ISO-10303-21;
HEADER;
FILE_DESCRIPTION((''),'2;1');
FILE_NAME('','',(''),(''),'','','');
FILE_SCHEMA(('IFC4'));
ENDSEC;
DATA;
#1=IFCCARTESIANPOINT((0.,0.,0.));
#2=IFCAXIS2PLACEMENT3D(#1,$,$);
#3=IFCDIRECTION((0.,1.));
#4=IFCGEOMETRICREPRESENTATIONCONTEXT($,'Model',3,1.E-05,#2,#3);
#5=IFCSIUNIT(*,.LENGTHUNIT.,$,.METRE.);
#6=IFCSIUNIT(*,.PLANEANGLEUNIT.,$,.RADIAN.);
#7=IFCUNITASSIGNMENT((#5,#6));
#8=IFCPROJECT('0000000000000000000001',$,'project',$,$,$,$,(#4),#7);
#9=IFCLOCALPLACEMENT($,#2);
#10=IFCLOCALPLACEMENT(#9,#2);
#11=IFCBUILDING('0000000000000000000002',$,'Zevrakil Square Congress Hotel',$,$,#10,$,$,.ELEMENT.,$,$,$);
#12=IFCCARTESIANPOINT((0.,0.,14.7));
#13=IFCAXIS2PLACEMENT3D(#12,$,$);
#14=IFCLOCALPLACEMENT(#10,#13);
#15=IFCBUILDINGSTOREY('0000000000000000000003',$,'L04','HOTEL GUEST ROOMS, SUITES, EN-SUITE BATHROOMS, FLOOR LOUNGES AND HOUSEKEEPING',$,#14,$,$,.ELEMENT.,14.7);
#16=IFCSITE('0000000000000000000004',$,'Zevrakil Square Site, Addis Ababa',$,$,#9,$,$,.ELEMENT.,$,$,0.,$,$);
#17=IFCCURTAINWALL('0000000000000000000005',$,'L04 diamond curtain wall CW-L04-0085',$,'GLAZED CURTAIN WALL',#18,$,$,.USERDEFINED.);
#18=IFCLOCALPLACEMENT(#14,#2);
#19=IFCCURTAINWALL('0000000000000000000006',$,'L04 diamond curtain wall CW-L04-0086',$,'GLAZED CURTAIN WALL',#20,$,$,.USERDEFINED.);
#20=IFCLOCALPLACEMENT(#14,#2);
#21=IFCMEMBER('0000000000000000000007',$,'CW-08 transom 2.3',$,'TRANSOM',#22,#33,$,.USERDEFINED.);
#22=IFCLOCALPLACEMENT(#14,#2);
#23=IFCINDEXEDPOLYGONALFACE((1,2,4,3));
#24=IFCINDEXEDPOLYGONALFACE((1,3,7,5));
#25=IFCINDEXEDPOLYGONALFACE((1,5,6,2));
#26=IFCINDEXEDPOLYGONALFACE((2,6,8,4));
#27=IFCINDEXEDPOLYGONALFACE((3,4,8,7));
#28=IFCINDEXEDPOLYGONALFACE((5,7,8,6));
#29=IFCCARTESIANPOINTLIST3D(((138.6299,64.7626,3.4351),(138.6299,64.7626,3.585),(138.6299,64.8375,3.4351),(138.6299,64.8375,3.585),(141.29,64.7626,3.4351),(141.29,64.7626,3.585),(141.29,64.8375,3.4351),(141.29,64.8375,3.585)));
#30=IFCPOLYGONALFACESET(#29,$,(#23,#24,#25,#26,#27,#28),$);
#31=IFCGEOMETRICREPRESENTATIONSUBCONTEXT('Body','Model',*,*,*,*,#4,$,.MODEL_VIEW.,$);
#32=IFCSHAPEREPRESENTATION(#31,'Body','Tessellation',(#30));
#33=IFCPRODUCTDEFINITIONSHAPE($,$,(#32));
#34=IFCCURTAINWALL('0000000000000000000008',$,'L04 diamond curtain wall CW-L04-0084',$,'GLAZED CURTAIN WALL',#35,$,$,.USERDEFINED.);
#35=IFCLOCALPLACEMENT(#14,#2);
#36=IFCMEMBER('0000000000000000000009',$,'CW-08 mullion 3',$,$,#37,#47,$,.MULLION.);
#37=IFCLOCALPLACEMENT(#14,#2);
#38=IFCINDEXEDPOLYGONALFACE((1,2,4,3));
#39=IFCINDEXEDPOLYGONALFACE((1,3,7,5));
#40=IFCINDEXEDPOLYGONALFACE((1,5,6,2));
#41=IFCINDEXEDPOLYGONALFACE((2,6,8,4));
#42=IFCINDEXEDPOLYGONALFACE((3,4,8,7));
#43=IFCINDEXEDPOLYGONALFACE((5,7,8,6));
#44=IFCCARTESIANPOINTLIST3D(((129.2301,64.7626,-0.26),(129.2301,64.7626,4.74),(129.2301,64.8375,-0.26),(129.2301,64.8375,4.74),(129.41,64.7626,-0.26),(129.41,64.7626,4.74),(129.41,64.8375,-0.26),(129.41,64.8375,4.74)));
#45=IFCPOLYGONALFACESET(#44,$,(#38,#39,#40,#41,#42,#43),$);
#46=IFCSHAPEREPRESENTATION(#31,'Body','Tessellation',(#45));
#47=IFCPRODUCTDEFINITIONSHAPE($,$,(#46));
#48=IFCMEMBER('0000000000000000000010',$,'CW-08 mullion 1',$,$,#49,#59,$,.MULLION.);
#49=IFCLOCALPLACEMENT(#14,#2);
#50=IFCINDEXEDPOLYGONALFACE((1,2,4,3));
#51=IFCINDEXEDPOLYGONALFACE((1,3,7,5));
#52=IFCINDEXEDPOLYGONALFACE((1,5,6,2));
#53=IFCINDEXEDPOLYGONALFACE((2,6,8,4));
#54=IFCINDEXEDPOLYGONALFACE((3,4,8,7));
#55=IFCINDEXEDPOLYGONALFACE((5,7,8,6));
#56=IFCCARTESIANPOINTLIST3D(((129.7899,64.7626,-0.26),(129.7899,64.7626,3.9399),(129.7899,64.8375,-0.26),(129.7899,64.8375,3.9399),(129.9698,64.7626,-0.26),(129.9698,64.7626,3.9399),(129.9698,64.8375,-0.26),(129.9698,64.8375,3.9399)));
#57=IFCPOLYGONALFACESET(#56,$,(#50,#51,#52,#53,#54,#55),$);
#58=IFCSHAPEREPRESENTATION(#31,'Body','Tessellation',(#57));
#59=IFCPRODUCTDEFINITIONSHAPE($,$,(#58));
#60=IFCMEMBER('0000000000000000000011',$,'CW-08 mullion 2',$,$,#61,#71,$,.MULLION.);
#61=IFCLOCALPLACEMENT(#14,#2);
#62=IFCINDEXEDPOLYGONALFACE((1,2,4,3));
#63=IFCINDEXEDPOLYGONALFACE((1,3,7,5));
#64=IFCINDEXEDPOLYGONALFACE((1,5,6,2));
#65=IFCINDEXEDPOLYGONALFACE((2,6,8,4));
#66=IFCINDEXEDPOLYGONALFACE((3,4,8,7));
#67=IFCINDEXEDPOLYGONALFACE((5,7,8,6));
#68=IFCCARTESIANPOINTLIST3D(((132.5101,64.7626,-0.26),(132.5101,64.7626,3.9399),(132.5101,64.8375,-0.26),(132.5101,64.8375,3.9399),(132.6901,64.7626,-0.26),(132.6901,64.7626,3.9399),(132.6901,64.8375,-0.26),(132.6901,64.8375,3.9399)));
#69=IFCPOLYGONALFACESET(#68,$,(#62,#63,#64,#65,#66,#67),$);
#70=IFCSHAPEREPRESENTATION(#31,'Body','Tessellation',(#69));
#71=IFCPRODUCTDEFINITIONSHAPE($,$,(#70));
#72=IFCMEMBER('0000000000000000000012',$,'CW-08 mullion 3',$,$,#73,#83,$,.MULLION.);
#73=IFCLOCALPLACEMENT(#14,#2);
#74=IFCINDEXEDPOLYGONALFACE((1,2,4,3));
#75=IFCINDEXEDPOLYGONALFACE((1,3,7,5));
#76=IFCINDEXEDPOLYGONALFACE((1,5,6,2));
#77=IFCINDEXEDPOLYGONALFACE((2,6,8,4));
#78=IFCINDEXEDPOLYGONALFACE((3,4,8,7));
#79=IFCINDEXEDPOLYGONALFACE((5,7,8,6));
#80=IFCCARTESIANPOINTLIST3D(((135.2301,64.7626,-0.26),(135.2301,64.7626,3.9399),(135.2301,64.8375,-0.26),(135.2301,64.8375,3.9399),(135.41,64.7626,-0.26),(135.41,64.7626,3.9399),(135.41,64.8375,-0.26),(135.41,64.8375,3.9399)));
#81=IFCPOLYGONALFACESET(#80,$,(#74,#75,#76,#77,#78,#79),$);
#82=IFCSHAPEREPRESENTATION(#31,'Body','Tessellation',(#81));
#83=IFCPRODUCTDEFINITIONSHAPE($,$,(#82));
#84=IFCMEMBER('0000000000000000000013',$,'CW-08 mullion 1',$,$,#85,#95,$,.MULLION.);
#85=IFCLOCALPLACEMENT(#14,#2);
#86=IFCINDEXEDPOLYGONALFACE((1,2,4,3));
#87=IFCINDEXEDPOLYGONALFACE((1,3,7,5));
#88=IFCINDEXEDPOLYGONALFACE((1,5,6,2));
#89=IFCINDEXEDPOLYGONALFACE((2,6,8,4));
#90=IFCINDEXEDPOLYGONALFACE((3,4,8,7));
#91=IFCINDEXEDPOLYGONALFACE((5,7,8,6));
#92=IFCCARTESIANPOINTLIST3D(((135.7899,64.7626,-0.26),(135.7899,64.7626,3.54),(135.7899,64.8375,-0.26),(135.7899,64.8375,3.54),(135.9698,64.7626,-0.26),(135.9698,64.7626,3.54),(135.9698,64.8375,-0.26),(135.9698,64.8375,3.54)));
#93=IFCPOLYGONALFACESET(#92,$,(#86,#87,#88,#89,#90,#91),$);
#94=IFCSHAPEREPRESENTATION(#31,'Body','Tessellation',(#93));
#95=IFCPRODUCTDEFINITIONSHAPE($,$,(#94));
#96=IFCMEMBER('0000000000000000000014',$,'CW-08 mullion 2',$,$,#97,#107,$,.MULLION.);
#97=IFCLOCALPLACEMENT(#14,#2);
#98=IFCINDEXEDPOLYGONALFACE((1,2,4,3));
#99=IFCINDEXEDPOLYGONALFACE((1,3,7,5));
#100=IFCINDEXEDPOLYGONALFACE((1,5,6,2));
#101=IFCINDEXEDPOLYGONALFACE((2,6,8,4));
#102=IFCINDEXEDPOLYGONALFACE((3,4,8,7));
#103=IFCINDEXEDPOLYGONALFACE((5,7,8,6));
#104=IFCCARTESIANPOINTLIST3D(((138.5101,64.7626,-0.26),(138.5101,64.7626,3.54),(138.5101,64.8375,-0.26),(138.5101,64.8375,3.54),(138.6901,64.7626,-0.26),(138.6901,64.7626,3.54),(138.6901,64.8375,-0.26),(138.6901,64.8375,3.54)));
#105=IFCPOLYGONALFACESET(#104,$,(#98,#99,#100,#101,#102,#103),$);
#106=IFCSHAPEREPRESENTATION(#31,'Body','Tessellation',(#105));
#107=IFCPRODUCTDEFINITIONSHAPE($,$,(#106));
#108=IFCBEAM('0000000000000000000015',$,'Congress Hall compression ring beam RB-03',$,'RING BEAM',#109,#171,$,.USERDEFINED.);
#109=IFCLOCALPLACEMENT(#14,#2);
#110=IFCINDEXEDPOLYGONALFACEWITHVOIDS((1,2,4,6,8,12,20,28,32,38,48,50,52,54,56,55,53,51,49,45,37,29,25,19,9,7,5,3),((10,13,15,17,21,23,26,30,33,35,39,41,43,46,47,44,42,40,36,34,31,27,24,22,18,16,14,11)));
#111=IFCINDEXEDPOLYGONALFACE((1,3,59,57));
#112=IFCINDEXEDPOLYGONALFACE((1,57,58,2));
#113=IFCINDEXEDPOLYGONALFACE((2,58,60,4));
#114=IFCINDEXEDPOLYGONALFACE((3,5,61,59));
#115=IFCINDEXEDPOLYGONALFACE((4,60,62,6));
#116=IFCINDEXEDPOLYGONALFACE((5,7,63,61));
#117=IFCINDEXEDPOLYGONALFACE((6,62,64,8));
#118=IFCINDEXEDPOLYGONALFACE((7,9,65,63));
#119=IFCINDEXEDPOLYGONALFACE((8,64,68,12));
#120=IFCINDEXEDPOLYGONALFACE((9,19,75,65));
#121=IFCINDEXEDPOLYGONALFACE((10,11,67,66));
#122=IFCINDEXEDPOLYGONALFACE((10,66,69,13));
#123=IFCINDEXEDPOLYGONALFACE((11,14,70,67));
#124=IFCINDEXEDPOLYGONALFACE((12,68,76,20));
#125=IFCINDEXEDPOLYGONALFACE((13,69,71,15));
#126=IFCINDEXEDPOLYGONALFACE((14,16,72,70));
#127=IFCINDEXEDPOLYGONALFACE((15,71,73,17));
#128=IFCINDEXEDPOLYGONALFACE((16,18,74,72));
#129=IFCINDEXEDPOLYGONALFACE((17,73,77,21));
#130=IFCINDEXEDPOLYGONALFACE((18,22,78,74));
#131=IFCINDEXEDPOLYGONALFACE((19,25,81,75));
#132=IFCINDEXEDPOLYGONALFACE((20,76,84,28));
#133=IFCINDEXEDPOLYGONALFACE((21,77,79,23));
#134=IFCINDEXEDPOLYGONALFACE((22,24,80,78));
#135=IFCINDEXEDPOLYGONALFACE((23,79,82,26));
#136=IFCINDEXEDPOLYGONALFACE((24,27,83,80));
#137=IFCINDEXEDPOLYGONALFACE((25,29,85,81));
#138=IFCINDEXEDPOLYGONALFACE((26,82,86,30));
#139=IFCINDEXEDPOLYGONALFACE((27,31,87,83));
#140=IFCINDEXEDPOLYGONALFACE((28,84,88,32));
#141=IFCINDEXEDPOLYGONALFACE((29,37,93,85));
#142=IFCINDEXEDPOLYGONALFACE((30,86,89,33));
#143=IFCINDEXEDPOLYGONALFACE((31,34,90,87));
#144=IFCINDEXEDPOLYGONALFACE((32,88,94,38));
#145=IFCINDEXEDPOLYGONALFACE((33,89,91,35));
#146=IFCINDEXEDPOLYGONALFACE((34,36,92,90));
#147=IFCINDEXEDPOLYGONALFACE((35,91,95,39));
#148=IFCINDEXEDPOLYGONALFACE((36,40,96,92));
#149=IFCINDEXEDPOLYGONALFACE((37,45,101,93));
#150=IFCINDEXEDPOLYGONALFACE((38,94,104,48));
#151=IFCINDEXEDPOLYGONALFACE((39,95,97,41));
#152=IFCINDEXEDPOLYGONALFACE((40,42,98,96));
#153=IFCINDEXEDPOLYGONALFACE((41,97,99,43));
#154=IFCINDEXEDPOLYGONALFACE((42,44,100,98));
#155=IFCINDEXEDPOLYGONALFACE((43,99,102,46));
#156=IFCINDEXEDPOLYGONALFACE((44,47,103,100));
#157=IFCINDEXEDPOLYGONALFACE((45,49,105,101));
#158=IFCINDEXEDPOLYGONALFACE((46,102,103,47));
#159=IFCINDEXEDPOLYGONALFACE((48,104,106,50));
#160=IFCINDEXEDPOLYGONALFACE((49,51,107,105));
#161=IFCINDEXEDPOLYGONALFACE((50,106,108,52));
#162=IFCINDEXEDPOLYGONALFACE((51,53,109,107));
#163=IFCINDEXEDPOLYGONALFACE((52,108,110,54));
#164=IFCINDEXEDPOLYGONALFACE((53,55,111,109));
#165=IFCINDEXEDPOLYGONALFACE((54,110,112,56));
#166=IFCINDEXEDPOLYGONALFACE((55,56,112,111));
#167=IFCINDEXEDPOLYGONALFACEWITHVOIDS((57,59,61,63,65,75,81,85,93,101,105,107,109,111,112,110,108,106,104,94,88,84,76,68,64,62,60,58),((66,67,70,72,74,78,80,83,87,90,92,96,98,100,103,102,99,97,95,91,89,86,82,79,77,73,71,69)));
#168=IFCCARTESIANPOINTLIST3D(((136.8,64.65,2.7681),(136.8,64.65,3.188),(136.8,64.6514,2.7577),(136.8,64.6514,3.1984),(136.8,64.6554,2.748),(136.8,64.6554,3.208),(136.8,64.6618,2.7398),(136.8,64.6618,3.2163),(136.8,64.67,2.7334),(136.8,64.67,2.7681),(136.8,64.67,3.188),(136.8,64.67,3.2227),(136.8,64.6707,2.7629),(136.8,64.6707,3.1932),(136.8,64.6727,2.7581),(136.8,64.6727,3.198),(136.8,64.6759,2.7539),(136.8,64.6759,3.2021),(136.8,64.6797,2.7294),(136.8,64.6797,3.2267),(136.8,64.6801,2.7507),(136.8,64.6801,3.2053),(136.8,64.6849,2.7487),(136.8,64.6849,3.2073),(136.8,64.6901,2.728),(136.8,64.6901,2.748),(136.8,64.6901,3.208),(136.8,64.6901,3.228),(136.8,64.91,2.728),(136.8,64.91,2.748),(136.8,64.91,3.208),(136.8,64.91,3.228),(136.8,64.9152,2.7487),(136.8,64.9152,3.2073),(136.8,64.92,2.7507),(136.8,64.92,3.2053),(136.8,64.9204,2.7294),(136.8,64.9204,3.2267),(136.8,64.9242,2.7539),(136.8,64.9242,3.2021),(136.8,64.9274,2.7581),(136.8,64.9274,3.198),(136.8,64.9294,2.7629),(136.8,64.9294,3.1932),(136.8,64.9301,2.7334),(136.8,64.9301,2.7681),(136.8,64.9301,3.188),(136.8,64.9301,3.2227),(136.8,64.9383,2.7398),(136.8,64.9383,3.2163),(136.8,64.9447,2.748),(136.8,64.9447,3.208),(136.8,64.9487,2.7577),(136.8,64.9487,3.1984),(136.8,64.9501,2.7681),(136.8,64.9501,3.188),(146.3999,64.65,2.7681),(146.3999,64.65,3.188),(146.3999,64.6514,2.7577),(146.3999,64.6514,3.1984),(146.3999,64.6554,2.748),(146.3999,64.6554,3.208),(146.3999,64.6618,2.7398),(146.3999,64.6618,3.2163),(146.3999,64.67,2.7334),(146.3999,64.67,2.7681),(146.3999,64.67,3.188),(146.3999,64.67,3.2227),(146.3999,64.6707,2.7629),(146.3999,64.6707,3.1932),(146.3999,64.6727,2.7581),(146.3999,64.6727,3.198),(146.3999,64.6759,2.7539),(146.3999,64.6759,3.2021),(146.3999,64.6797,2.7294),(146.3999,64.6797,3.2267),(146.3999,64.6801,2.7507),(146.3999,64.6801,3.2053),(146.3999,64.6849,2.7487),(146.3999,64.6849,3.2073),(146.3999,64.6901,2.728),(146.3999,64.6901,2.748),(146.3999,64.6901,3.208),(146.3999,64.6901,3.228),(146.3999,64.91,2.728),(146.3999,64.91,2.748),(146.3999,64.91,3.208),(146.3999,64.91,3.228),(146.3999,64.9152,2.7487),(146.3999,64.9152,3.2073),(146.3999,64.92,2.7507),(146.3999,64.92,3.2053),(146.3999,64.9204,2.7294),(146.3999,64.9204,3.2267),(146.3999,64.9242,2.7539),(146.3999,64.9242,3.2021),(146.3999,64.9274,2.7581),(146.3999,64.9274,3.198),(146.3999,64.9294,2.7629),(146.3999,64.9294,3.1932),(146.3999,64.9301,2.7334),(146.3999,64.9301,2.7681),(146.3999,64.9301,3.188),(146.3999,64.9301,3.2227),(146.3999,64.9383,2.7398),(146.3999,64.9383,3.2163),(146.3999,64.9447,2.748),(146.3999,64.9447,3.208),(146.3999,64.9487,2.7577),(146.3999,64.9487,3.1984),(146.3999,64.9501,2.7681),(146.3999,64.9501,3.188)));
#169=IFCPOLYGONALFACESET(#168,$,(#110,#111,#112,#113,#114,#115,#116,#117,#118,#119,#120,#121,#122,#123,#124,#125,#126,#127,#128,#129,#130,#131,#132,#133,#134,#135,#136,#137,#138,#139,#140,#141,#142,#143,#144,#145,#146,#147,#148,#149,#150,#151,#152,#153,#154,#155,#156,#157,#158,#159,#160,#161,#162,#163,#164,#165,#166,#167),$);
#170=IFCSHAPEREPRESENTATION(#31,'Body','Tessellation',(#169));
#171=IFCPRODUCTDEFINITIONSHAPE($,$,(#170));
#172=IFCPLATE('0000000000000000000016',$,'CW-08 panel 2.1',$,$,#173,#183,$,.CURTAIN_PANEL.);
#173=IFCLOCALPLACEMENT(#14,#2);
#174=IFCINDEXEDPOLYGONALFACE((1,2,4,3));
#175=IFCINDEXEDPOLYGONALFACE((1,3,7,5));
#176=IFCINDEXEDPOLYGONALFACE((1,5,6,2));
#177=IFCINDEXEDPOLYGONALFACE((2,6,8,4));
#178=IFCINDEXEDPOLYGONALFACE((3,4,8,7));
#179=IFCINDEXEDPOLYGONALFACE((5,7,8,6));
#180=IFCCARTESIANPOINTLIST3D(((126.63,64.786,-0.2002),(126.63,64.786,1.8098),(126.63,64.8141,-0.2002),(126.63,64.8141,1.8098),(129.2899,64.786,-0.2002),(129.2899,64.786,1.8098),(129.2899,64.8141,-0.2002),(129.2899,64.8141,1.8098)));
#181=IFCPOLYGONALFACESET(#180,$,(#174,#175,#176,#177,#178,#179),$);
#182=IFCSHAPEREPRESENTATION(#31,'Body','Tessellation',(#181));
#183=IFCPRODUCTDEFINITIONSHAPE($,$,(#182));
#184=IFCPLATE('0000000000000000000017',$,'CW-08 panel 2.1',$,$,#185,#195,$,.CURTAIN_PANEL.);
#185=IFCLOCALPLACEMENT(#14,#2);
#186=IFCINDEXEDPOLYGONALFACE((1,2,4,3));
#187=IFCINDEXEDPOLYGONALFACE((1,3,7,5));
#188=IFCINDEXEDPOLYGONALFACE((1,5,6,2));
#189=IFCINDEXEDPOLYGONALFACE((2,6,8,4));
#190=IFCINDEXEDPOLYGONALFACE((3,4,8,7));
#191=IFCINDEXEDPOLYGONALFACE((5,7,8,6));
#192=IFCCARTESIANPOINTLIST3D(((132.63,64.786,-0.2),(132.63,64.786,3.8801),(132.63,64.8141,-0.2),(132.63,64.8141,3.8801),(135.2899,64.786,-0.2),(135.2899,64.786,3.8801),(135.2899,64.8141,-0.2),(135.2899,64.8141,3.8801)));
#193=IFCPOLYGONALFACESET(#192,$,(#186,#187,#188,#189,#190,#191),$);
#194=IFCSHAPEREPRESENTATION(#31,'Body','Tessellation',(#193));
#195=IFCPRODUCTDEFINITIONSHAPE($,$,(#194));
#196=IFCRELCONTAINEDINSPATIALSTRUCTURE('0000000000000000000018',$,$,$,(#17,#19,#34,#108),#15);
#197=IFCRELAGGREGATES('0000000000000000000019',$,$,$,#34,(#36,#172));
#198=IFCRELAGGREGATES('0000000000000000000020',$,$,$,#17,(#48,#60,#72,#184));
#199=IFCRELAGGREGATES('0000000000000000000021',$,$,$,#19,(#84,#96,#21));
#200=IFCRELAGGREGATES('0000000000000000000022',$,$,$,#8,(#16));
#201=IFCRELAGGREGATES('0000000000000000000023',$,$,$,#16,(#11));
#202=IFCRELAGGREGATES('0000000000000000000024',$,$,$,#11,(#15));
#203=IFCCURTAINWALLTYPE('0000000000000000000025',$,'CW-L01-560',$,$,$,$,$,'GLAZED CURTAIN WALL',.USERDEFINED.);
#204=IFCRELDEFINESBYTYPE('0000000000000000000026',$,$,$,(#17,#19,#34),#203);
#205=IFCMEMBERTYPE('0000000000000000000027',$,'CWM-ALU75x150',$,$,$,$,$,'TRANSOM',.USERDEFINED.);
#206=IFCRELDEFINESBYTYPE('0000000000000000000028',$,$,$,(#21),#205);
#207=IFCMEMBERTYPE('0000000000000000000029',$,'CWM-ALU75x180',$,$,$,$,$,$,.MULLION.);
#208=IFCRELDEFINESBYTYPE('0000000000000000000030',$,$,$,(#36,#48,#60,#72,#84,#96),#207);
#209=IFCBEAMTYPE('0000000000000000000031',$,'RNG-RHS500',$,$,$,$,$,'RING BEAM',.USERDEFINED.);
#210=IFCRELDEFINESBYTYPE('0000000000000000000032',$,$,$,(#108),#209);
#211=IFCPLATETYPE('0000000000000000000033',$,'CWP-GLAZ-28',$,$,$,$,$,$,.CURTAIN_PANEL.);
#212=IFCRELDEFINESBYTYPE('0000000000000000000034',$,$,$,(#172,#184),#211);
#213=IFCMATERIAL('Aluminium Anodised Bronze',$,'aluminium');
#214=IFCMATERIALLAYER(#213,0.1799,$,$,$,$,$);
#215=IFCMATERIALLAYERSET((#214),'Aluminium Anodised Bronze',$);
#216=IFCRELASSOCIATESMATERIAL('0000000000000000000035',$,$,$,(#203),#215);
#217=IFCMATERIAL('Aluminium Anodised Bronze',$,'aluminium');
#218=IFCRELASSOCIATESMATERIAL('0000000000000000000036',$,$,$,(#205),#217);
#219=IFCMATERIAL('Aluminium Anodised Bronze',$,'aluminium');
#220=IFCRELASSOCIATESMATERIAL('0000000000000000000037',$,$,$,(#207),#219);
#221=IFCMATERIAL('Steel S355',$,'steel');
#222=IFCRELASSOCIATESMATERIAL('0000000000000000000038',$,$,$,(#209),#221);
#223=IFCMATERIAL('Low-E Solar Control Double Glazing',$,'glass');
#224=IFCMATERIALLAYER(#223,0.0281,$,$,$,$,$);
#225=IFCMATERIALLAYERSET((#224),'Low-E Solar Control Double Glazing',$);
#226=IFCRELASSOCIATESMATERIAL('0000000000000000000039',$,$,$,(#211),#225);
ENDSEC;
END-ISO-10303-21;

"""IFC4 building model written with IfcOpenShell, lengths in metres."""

from ifc_helpers import new_model, si_unit, direction, frame, origin, origin_2d, place, context, subcontext, project, spatial, rectangle, hollow_rectangle, extrude, material, layer, layer_set, material_profile, profile_set, type_object, element, aggregate, save


model = new_model("IFC4")

# Units and contexts
model_context = context("Model", 3, precision=1e-05, world=origin(), true_north=direction((0.0, 1.0)))
body_context = subcontext(model_context, "Body", "Model", "MODEL_VIEW")
ifc_project = project(units=[si_unit("LENGTHUNIT", "METRE"), si_unit("PLANEANGLEUNIT", "RADIAN")], contexts=[model_context])

# Site, building, storey
site_placement = place(None, origin())
site = spatial("IfcSite", under=ifc_project, at=site_placement, Name="Zevrakil Square Site, Addis Ababa", CompositionType="ELEMENT", RefElevation=0.0)
building_placement = place(site_placement, origin())
building = spatial("IfcBuilding", under=site, at=building_placement, Name="Zevrakil Square Congress Hotel", CompositionType="ELEMENT")
storey_placement = place(building_placement, frame((0.0, 0.0, 14.7)))
storey = spatial("IfcBuildingStorey", under=building, at=storey_placement, Name="L04", Description="HOTEL GUEST ROOMS, SUITES, EN-SUITE BATHROOMS, FLOOR LOUNGES AND HOUSEKEEPING", CompositionType="ELEMENT", Elevation=14.7)

# Curtain walls, member
ifc_material_1 = material(Name="Aluminium Anodised Bronze", Category="aluminium")
ifc_layer_1 = layer(ifc_material_1, 0.1799)
ifc_layer_set_1 = layer_set([ifc_layer_1], Name="Aluminium Anodised Bronze")
curtain_wall_type = type_object("IfcCurtainWallType", Name="CW-L01-560", ElementType="GLAZED CURTAIN WALL", PredefinedType="USERDEFINED", material=ifc_layer_set_1)
curtain_wall_1_placement = place(storey_placement, origin())
curtain_wall_1 = element("IfcCurtainWall", 1, at=curtain_wall_1_placement, inside=storey, type_object=curtain_wall_type, Name="L04 diamond curtain wall CW-L04-0085", ObjectType="GLAZED CURTAIN WALL", PredefinedType="USERDEFINED")
ifc_material_2 = material(Name="Aluminium Anodised Bronze", Category="aluminium")
ifc_material_profile_1 = material_profile(ifc_material_2, rectangle(XDim=0.075, YDim=0.1499, at=origin_2d()), Name="ALU 75x150")
ifc_profile_set_1 = profile_set([ifc_material_profile_1], Name="Aluminium Anodised Bronze")
member_type_1 = type_object("IfcMemberType", Name="CWM-ALU75x150", ElementType="TRANSOM", PredefinedType="USERDEFINED", material=ifc_profile_set_1)
curtain_wall_2_placement = place(storey_placement, origin())
curtain_wall_2 = element("IfcCurtainWall", 2, at=curtain_wall_2_placement, inside=storey, type_object=curtain_wall_type, Name="L04 diamond curtain wall CW-L04-0086", ObjectType="GLAZED CURTAIN WALL", PredefinedType="USERDEFINED")
member_1_placement = place(storey_placement, frame((138.6299, 64.8, 3.51), z_axis=(1.0, 0.0, 0.0), x_axis=(0.0, 1.0, 0.0)))
member_1 = element("IfcMember", 3, at=member_1_placement, type_object=member_type_1, Name="CW-08 transom 2.3", ObjectType="TRANSOM", PredefinedType="USERDEFINED", context=body_context, shape_type="SweptSolid", body=[
    extrude(rectangle(XDim=0.075, YDim=0.1499, at=origin_2d()), origin(), (0.0, 0.0, 1.0), 2.6602),
])

# Curtain wall, member
curtain_wall_3_placement = place(storey_placement, origin())
curtain_wall_3 = element("IfcCurtainWall", 4, at=curtain_wall_3_placement, inside=storey, type_object=curtain_wall_type, Name="L04 diamond curtain wall CW-L04-0084", ObjectType="GLAZED CURTAIN WALL", PredefinedType="USERDEFINED")
ifc_material_3 = material(Name="Aluminium Anodised Bronze", Category="aluminium")
ifc_material_profile_2 = material_profile(ifc_material_3, rectangle(XDim=0.075, YDim=0.1799, at=origin_2d()), Name="ALU 75x180")
ifc_profile_set_2 = profile_set([ifc_material_profile_2], Name="Aluminium Anodised Bronze")
member_type_2 = type_object("IfcMemberType", Name="CWM-ALU75x180", PredefinedType="MULLION", material=ifc_profile_set_2)
member_2_placement = place(storey_placement, frame((129.3201, 64.8, -0.26), z_axis=(0.0, 0.0, 1.0), x_axis=(0.0, 1.0, 0.0)))
member_2 = element("IfcMember", 5, at=member_2_placement, type_object=member_type_2, Name="CW-08 mullion 3", PredefinedType="MULLION", context=body_context, shape_type="SweptSolid", body=[
    extrude(rectangle(XDim=0.075, YDim=0.1799, at=origin_2d()), origin(), (0.0, 0.0, 1.0), 5.0),
])

# Members
member_3_placement = place(storey_placement, frame((129.8799, 64.8, -0.26), z_axis=(0.0, 0.0, 1.0), x_axis=(0.0, 1.0, 0.0)))
member_3 = element("IfcMember", 6, at=member_3_placement, type_object=member_type_2, Name="CW-08 mullion 1", PredefinedType="MULLION", context=body_context, shape_type="SweptSolid", body=[
    extrude(rectangle(XDim=0.075, YDim=0.1799, at=origin_2d()), origin(), (0.0, 0.0, 1.0), 4.2),
])
member_4_placement = place(storey_placement, frame((132.6001, 64.8, -0.26), z_axis=(0.0, 0.0, 1.0), x_axis=(0.0, 1.0, 0.0)))
member_4 = element("IfcMember", 7, at=member_4_placement, type_object=member_type_2, Name="CW-08 mullion 2", PredefinedType="MULLION", context=body_context, shape_type="SweptSolid", body=[
    extrude(rectangle(XDim=0.075, YDim=0.1799, at=origin_2d()), origin(), (0.0, 0.0, 1.0), 4.2),
])
member_5_placement = place(storey_placement, frame((135.3201, 64.8, -0.26), z_axis=(0.0, 0.0, 1.0), x_axis=(0.0, 1.0, 0.0)))
member_5 = element("IfcMember", 8, at=member_5_placement, type_object=member_type_2, Name="CW-08 mullion 3", PredefinedType="MULLION", context=body_context, shape_type="SweptSolid", body=[
    extrude(rectangle(XDim=0.075, YDim=0.1799, at=origin_2d()), origin(), (0.0, 0.0, 1.0), 4.2),
])
member_6_placement = place(storey_placement, frame((135.8799, 64.8, -0.26), z_axis=(0.0, 0.0, 1.0), x_axis=(0.0, 1.0, 0.0)))
member_6 = element("IfcMember", 9, at=member_6_placement, type_object=member_type_2, Name="CW-08 mullion 1", PredefinedType="MULLION", context=body_context, shape_type="SweptSolid", body=[
    extrude(rectangle(XDim=0.075, YDim=0.1799, at=origin_2d()), origin(), (0.0, 0.0, 1.0), 3.8),
])
member_7_placement = place(storey_placement, frame((138.6001, 64.8, -0.26), z_axis=(0.0, 0.0, 1.0), x_axis=(0.0, 1.0, 0.0)))
member_7 = element("IfcMember", 10, at=member_7_placement, type_object=member_type_2, Name="CW-08 mullion 2", PredefinedType="MULLION", context=body_context, shape_type="SweptSolid", body=[
    extrude(rectangle(XDim=0.075, YDim=0.1799, at=origin_2d()), origin(), (0.0, 0.0, 1.0), 3.8),
])

# Beam
ifc_material_4 = material(Name="Steel S355", Category="steel")
ifc_material_profile_3 = material_profile(ifc_material_4, hollow_rectangle(XDim=0.3, YDim=0.5, WallThickness=0.02, InnerFilletRadius=0.02, OuterFilletRadius=0.04, at=origin_2d()), Name="RHS 500x300x20")
ifc_profile_set_3 = profile_set([ifc_material_profile_3], Name="Steel S355")
beam_type = type_object("IfcBeamType", Name="RNG-RHS500", ElementType="RING BEAM", PredefinedType="USERDEFINED", material=ifc_profile_set_3)
beam_placement = place(storey_placement, frame((136.8, 64.8, 2.978), z_axis=(1.0, 0.0, 0.0), x_axis=(0.0, 1.0, 0.0)))
element("IfcBeam", 11, at=beam_placement, inside=storey, type_object=beam_type, Name="Congress Hall compression ring beam RB-03", ObjectType="RING BEAM", PredefinedType="USERDEFINED", context=body_context, shape_type="SweptSolid", body=[
    extrude(hollow_rectangle(XDim=0.3, YDim=0.5, WallThickness=0.02, InnerFilletRadius=0.02, OuterFilletRadius=0.04, at=origin_2d()), origin(), (0.0, 0.0, 1.0), 9.5999),
])

# Plates
ifc_material_5 = material(Name="Low-E Solar Control Double Glazing", Category="glass")
ifc_layer_2 = layer(ifc_material_5, 0.0281)
ifc_layer_set_2 = layer_set([ifc_layer_2], Name="Low-E Solar Control Double Glazing")
plate_type_1 = type_object("IfcPlateType", Name="CWP-GLAZ-28", PredefinedType="CURTAIN_PANEL", material=ifc_layer_set_2)
plate_1_placement = place(storey_placement, frame((127.96, 64.8, -0.2002), z_axis=(0.0, 0.0, 1.0), x_axis=(1.0, 0.0, 0.0)))
plate_1 = element("IfcPlate", 12, at=plate_1_placement, type_object=plate_type_1, Name="CW-08 panel 2.1", PredefinedType="CURTAIN_PANEL", context=body_context, shape_type="SweptSolid", body=[
    extrude(rectangle(XDim=2.6599, YDim=0.0281, at=origin_2d()), origin(), (0.0, 0.0, 1.0), 2.01),
])
plate_2_placement = place(storey_placement, frame((133.96, 64.8, -0.2), z_axis=(0.0, 0.0, 1.0), x_axis=(1.0, 0.0, 0.0)))
plate_2 = element("IfcPlate", 13, at=plate_2_placement, type_object=plate_type_1, Name="CW-08 panel 2.1", PredefinedType="CURTAIN_PANEL", context=body_context, shape_type="SweptSolid", body=[
    extrude(rectangle(XDim=2.6599, YDim=0.0281, at=origin_2d()), origin(), (0.0, 0.0, 1.0), 4.0801),
])
aggregate(curtain_wall_3, [member_2, plate_1])
aggregate(curtain_wall_1, [member_3, member_4, member_5, plate_2])
aggregate(curtain_wall_2, [member_6, member_7, member_1])

save(model, "model.ifc")
